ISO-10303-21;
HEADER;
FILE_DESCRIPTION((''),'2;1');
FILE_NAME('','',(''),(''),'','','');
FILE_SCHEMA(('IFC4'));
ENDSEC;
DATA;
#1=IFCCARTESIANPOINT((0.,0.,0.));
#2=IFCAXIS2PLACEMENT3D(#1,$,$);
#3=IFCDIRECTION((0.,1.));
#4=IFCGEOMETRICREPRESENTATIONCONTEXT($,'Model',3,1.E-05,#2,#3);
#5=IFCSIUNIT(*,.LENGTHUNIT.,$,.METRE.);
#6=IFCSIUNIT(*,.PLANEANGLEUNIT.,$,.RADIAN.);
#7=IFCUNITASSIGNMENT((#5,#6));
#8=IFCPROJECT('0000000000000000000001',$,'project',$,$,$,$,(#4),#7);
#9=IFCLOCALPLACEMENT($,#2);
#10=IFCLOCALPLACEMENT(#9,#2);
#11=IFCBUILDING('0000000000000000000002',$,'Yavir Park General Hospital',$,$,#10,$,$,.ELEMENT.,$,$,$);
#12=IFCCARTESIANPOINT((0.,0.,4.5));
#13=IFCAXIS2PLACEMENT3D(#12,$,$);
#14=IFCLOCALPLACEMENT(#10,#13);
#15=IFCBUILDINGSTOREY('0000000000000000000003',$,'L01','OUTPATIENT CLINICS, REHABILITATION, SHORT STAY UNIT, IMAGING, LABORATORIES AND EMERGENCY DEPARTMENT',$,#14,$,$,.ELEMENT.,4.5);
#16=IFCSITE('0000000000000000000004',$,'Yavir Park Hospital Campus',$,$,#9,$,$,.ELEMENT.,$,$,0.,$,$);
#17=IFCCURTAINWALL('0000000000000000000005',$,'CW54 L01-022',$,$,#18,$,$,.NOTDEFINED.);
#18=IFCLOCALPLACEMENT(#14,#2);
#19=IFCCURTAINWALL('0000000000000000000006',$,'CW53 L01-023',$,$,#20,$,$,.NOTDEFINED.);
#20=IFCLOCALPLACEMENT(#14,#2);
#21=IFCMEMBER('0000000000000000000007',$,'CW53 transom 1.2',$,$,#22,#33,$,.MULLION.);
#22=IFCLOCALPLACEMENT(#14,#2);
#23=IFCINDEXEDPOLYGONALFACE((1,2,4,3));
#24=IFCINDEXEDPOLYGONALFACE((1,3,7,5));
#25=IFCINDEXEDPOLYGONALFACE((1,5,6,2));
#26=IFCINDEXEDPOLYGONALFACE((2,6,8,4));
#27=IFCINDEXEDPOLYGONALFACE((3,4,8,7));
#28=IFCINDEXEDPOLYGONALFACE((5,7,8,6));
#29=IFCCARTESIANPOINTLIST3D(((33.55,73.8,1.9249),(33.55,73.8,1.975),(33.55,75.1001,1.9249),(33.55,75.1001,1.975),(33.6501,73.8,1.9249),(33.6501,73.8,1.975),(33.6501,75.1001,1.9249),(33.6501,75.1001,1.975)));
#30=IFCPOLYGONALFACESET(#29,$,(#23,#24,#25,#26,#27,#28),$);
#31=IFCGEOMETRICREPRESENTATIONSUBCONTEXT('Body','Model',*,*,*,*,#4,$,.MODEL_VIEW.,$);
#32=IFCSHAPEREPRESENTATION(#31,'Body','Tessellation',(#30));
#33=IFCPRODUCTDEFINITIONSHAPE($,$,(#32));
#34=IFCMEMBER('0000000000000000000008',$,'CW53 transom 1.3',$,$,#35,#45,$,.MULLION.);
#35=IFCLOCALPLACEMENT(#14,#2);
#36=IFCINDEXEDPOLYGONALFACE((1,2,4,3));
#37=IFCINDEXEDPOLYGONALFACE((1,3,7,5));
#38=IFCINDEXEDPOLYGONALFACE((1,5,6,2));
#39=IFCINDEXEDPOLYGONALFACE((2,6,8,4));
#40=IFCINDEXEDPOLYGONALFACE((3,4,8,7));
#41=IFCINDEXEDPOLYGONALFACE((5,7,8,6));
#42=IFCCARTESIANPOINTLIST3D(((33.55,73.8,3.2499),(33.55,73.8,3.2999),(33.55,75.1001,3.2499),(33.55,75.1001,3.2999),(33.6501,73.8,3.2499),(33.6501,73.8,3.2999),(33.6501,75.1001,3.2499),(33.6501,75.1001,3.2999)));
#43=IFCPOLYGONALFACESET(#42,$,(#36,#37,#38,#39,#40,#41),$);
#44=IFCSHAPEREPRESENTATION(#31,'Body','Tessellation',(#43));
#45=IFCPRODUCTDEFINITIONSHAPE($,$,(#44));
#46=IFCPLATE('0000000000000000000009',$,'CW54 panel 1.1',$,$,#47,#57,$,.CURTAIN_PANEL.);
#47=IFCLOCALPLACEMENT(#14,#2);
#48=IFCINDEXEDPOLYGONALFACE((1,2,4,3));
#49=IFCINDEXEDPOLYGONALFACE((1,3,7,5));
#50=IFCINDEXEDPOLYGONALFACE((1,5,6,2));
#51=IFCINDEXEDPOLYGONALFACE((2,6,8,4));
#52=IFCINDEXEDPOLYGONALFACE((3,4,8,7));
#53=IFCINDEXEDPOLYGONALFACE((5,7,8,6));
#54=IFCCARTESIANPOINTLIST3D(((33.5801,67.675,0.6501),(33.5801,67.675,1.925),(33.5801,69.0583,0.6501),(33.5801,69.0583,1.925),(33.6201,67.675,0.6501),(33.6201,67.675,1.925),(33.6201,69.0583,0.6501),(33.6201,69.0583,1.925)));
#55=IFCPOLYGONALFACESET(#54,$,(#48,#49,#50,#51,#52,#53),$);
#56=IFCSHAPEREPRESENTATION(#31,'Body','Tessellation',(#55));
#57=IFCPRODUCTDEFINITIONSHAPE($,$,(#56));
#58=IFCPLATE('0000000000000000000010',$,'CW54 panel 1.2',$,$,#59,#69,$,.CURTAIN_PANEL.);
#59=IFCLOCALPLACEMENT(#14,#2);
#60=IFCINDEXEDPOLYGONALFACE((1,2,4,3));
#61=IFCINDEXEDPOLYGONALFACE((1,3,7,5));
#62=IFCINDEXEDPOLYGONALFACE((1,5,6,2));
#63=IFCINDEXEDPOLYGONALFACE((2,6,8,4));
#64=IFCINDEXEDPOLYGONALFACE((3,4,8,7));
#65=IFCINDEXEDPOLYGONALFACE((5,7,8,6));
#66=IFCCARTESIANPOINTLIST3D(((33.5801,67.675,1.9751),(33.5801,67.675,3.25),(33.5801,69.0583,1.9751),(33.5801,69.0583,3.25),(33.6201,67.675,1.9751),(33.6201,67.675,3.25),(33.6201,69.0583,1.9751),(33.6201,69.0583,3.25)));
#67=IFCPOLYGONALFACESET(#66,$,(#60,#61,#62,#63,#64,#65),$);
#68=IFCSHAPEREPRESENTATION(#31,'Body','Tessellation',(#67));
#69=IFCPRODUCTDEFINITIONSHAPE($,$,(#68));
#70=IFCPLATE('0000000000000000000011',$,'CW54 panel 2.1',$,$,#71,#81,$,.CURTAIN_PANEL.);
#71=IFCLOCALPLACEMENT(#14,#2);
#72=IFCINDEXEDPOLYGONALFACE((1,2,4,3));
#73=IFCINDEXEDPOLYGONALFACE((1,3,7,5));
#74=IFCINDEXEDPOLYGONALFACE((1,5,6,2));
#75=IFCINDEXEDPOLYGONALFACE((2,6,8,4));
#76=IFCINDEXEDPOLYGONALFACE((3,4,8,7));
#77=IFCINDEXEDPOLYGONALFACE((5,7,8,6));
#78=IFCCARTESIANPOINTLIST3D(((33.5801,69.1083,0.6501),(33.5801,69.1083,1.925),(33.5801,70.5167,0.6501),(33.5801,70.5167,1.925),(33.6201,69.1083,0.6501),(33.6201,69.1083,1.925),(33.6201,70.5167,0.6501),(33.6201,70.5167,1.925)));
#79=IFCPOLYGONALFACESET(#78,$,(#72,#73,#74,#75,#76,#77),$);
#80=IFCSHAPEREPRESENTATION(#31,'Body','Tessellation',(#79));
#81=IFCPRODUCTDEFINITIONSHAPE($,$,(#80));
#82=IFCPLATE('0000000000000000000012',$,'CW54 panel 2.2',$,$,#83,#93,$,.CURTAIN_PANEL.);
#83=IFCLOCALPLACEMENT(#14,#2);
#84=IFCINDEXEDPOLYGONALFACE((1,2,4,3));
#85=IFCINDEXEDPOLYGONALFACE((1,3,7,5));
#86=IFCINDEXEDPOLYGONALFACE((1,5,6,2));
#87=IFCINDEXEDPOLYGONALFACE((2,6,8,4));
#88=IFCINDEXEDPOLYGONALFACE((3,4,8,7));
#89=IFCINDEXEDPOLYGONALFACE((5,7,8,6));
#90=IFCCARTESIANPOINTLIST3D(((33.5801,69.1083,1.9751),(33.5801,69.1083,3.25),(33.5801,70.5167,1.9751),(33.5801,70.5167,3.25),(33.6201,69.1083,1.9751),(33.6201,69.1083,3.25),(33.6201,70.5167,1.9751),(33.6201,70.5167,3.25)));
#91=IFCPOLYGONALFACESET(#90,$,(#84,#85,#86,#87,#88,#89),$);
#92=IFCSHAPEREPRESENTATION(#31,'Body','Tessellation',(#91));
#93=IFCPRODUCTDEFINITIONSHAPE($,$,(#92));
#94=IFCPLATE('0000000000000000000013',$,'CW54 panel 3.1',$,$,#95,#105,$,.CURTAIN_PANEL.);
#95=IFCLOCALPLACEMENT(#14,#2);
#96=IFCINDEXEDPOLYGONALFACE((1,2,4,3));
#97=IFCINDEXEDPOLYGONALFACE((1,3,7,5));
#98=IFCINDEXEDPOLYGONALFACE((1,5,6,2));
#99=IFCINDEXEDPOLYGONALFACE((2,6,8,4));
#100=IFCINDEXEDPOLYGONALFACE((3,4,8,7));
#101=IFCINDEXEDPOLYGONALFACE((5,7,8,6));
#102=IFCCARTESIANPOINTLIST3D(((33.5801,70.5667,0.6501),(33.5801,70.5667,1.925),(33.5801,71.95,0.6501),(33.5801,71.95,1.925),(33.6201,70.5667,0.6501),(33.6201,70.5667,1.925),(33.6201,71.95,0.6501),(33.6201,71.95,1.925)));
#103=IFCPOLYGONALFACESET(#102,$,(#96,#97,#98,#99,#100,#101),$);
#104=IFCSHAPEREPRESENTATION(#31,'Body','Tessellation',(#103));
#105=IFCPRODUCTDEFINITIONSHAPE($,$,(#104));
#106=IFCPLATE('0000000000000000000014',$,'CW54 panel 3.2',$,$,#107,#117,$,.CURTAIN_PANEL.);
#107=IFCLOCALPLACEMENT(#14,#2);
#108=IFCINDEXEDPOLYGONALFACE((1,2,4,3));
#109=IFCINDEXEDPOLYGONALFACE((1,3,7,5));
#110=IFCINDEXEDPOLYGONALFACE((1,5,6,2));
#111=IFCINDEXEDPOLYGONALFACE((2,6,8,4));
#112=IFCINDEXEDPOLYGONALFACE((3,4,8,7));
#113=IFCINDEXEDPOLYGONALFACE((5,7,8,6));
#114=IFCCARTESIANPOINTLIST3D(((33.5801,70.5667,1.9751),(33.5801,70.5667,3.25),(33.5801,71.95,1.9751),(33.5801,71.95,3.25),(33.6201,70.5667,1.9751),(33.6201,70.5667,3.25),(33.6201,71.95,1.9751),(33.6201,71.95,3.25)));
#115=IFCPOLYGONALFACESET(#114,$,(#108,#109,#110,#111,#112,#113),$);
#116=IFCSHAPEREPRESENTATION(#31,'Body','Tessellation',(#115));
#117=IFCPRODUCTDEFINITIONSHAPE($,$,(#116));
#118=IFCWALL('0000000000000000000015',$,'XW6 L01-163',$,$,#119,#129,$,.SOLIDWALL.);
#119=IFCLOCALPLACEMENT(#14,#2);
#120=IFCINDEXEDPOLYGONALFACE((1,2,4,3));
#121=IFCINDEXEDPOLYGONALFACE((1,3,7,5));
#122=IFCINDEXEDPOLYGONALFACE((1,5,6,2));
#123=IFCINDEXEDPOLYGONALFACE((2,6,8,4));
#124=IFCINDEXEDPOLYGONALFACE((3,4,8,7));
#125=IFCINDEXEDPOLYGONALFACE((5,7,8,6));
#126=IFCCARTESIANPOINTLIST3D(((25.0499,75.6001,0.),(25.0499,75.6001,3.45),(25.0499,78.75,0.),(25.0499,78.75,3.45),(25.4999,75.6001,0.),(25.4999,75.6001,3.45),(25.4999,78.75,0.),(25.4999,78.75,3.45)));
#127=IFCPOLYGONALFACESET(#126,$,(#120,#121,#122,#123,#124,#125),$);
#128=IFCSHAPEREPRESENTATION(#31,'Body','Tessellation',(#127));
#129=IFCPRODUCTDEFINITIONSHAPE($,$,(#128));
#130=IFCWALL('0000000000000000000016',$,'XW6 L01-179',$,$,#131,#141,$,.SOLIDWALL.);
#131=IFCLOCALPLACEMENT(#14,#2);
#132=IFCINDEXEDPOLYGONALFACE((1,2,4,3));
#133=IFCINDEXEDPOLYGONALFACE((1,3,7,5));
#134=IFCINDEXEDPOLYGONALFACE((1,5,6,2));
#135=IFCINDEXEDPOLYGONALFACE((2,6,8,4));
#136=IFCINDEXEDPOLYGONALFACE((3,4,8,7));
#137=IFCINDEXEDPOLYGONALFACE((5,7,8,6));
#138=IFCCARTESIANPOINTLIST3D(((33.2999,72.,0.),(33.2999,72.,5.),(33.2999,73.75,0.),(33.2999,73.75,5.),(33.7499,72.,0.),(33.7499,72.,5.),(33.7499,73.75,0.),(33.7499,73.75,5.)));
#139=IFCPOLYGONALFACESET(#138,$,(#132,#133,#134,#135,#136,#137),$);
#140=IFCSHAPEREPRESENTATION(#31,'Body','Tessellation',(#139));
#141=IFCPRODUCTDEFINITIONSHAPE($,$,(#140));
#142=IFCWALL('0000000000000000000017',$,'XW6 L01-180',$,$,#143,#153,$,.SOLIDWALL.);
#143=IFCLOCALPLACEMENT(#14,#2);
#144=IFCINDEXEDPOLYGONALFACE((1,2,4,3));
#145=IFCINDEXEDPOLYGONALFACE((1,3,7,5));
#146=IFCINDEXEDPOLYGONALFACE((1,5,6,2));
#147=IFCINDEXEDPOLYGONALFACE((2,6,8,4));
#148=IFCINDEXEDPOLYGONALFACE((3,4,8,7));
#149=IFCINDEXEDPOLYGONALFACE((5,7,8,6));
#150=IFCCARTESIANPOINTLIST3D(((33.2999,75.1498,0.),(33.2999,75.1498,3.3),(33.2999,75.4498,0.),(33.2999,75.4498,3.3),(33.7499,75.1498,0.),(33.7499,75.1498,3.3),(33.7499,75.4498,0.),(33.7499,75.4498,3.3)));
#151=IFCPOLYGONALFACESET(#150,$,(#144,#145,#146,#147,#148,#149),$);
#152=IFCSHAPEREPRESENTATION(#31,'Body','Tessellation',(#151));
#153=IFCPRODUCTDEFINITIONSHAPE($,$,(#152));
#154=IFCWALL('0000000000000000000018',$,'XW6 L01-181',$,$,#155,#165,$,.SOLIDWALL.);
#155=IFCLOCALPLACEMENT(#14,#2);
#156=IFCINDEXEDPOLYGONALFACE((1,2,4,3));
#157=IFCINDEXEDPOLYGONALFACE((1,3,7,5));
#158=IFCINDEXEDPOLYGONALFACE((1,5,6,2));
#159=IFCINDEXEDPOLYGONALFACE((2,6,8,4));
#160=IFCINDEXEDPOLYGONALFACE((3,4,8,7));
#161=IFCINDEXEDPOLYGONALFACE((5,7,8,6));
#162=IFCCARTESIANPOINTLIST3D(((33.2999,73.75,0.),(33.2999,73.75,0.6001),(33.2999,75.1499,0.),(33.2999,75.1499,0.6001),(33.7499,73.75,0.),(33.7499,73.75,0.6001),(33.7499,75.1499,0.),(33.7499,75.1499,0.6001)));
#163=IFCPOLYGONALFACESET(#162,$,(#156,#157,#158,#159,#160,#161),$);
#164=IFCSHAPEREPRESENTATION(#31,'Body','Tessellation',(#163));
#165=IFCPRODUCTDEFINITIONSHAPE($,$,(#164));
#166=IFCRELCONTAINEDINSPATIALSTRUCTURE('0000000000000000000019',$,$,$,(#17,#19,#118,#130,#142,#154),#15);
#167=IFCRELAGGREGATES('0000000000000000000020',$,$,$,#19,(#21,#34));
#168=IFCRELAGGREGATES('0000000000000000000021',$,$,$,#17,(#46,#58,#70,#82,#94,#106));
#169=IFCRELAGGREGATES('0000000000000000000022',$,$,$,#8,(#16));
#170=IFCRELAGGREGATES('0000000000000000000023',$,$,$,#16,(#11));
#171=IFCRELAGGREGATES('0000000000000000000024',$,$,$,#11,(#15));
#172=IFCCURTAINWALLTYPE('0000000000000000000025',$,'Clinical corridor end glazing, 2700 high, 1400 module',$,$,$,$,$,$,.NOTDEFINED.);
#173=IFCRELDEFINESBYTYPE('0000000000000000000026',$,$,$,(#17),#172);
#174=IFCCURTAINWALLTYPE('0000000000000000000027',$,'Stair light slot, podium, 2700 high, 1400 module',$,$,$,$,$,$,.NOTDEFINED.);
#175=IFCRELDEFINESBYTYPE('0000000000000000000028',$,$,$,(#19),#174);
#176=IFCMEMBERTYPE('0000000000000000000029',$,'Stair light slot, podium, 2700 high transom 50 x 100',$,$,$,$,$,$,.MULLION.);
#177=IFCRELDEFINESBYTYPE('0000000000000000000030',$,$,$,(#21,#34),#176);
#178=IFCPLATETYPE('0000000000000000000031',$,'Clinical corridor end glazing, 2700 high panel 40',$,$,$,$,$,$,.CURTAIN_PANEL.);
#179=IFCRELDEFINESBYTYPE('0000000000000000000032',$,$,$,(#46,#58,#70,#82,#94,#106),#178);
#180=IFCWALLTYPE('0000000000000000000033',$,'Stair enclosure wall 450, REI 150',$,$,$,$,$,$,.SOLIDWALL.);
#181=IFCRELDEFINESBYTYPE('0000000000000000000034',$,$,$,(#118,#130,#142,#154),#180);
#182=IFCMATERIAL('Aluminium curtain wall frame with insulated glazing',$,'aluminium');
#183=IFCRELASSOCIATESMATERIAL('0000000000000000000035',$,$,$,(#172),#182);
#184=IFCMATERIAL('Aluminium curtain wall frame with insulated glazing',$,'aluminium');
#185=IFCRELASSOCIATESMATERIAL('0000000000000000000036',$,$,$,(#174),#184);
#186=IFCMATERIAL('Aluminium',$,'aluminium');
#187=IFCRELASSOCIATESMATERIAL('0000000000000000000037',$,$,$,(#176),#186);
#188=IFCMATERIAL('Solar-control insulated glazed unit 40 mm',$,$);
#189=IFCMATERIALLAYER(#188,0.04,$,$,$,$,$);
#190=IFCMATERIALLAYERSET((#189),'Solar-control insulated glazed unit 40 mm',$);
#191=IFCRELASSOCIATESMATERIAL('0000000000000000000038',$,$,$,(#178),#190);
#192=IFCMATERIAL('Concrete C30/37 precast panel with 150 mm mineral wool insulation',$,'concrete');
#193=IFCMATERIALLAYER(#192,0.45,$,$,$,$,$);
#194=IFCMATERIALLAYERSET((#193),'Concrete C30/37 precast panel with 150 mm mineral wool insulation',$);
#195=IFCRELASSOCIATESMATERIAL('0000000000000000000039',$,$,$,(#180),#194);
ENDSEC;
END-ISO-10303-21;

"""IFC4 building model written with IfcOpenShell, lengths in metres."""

from ifc_helpers import new_model, si_unit, direction, frame, frame_2d, origin, origin_2d, place, context, subcontext, project, spatial, rectangle, extrude, material, layer, layer_set, material_profile, profile_set, type_object, element, aggregate, save


model = new_model("IFC4")

# Units and contexts
model_context = context("Model", 3, precision=1e-05, world=origin(), true_north=direction((0.0, 1.0)))
body_context = subcontext(model_context, "Body", "Model", "MODEL_VIEW")
ifc_project = project(units=[si_unit("LENGTHUNIT", "METRE"), si_unit("PLANEANGLEUNIT", "RADIAN")], contexts=[model_context])

# Site, building, storey
site_placement = place(None, origin())
site = spatial("IfcSite", under=ifc_project, at=site_placement, Name="Yavir Park Hospital Campus", CompositionType="ELEMENT", RefElevation=0.0)
building_placement = place(site_placement, origin())
building = spatial("IfcBuilding", under=site, at=building_placement, Name="Yavir Park General Hospital", CompositionType="ELEMENT")
storey_placement = place(building_placement, frame((0.0, 0.0, 4.5)))
storey = spatial("IfcBuildingStorey", under=building, at=storey_placement, Name="L01", Description="OUTPATIENT CLINICS, REHABILITATION, SHORT STAY UNIT, IMAGING, LABORATORIES AND EMERGENCY DEPARTMENT", CompositionType="ELEMENT", Elevation=4.5)

# Curtain walls, members
ifc_material_1 = material(Name="Aluminium curtain wall frame with insulated glazing", Category="aluminium")
curtain_wall_type_1 = type_object("IfcCurtainWallType", Name="Clinical corridor end glazing, 2700 high, 1400 module", PredefinedType="NOTDEFINED", material=ifc_material_1)
curtain_wall_1_placement = place(storey_placement, origin())
curtain_wall_1 = element("IfcCurtainWall", 1, at=curtain_wall_1_placement, inside=storey, type_object=curtain_wall_type_1, Name="CW54 L01-022", PredefinedType="NOTDEFINED")
ifc_material_2 = material(Name="Aluminium curtain wall frame with insulated glazing", Category="aluminium")
curtain_wall_type_2 = type_object("IfcCurtainWallType", Name="Stair light slot, podium, 2700 high, 1400 module", PredefinedType="NOTDEFINED", material=ifc_material_2)
curtain_wall_2_placement = place(storey_placement, origin())
curtain_wall_2 = element("IfcCurtainWall", 2, at=curtain_wall_2_placement, inside=storey, type_object=curtain_wall_type_2, Name="CW53 L01-023", PredefinedType="NOTDEFINED")
ifc_material_3 = material(Name="Aluminium", Category="aluminium")
ifc_material_profile_1 = material_profile(ifc_material_3, rectangle(XDim=0.1001, YDim=0.05, at=origin_2d()), Name="AL 100x50")
ifc_profile_set_1 = profile_set([ifc_material_profile_1], Name="Aluminium")
member_type_1 = type_object("IfcMemberType", Name="Stair light slot, podium, 2700 high transom 50 x 100", PredefinedType="MULLION", material=ifc_profile_set_1)
member_1_placement = place(storey_placement, frame((33.6001, 73.8, 1.95), z_axis=(0.0, 1.0, 0.0), x_axis=(-1.0, 0.0, 0.0)))
member_1 = element("IfcMember", 3, at=member_1_placement, type_object=member_type_1, Name="CW53 transom 1.2", PredefinedType="MULLION", context=body_context, shape_type="SweptSolid", body=[
    extrude(rectangle(XDim=0.1001, YDim=0.05, at=origin_2d()), origin(), (0.0, 0.0, 1.0), 1.3),
])
member_2_placement = place(storey_placement, frame((33.6001, 73.8, 3.2749), z_axis=(0.0, 1.0, 0.0), x_axis=(-1.0, 0.0, 0.0)))
member_2 = element("IfcMember", 4, at=member_2_placement, type_object=member_type_1, Name="CW53 transom 1.3", PredefinedType="MULLION", context=body_context, shape_type="SweptSolid", body=[
    extrude(rectangle(XDim=0.1001, YDim=0.05, at=origin_2d()), origin(), (0.0, 0.0, 1.0), 1.3),
])
aggregate(curtain_wall_2, [member_1, member_2])

# Plates
ifc_material_4 = material(Name="Solar-control insulated glazed unit 40 mm")
ifc_layer_1 = layer(ifc_material_4, 0.04)
ifc_layer_set_1 = layer_set([ifc_layer_1], Name="Solar-control insulated glazed unit 40 mm")
plate_type = type_object("IfcPlateType", Name="Clinical corridor end glazing, 2700 high panel 40", PredefinedType="CURTAIN_PANEL", material=ifc_layer_set_1)
plate_1_placement = place(storey_placement, frame((33.6001, 68.3667, 0.6501), z_axis=(0.0, 0.0, 1.0), x_axis=(0.0, 1.0, 0.0)))
plate_1 = element("IfcPlate", 5, at=plate_1_placement, type_object=plate_type, Name="CW54 panel 1.1", PredefinedType="CURTAIN_PANEL", context=body_context, shape_type="SweptSolid", body=[
    extrude(rectangle(XDim=1.3833, YDim=0.04, at=origin_2d()), origin(), (0.0, 0.0, 1.0), 1.2749),
])
plate_2_placement = place(storey_placement, frame((33.6001, 68.3667, 1.9751), z_axis=(0.0, 0.0, 1.0), x_axis=(0.0, 1.0, 0.0)))
plate_2 = element("IfcPlate", 6, at=plate_2_placement, type_object=plate_type, Name="CW54 panel 1.2", PredefinedType="CURTAIN_PANEL", context=body_context, shape_type="SweptSolid", body=[
    extrude(rectangle(XDim=1.3833, YDim=0.04, at=origin_2d()), origin(), (0.0, 0.0, 1.0), 1.2749),
])
plate_3_placement = place(storey_placement, frame((33.6001, 69.8125, 0.6501), z_axis=(0.0, 0.0, 1.0), x_axis=(0.0, 1.0, 0.0)))
plate_3 = element("IfcPlate", 7, at=plate_3_placement, type_object=plate_type, Name="CW54 panel 2.1", PredefinedType="CURTAIN_PANEL", context=body_context, shape_type="SweptSolid", body=[
    extrude(rectangle(XDim=1.4084, YDim=0.04, at=origin_2d()), origin(), (0.0, 0.0, 1.0), 1.2749),
])
plate_4_placement = place(storey_placement, frame((33.6001, 69.8125, 1.9751), z_axis=(0.0, 0.0, 1.0), x_axis=(0.0, 1.0, 0.0)))
plate_4 = element("IfcPlate", 8, at=plate_4_placement, type_object=plate_type, Name="CW54 panel 2.2", PredefinedType="CURTAIN_PANEL", context=body_context, shape_type="SweptSolid", body=[
    extrude(rectangle(XDim=1.4084, YDim=0.04, at=origin_2d()), origin(), (0.0, 0.0, 1.0), 1.2749),
])
plate_5_placement = place(storey_placement, frame((33.6001, 71.2583, 0.6501), z_axis=(0.0, 0.0, 1.0), x_axis=(0.0, 1.0, 0.0)))
plate_5 = element("IfcPlate", 9, at=plate_5_placement, type_object=plate_type, Name="CW54 panel 3.1", PredefinedType="CURTAIN_PANEL", context=body_context, shape_type="SweptSolid", body=[
    extrude(rectangle(XDim=1.3833, YDim=0.04, at=origin_2d()), origin(), (0.0, 0.0, 1.0), 1.2749),
])
plate_6_placement = place(storey_placement, frame((33.6001, 71.2583, 1.9751), z_axis=(0.0, 0.0, 1.0), x_axis=(0.0, 1.0, 0.0)))
plate_6 = element("IfcPlate", 10, at=plate_6_placement, type_object=plate_type, Name="CW54 panel 3.2", PredefinedType="CURTAIN_PANEL", context=body_context, shape_type="SweptSolid", body=[
    extrude(rectangle(XDim=1.3833, YDim=0.04, at=origin_2d()), origin(), (0.0, 0.0, 1.0), 1.2749),
])
aggregate(curtain_wall_1, [plate_1, plate_2, plate_3, plate_4, plate_5, plate_6])

# Walls
ifc_material_5 = material(Name="Concrete C30/37 precast panel with 150 mm mineral wool insulation", Category="concrete")
ifc_layer_2 = layer(ifc_material_5, 0.45)
ifc_layer_set_2 = layer_set([ifc_layer_2], Name="Concrete C30/37 precast panel with 150 mm mineral wool insulation")
wall_type = type_object("IfcWallType", Name="Stair enclosure wall 450, REI 150", PredefinedType="SOLIDWALL", material=ifc_layer_set_2)
wall_1_placement = place(storey_placement, frame((25.2749, 75.6001, 0.0), z_axis=(0.0, 0.0, 1.0), x_axis=(0.0, 1.0, 0.0)))
element("IfcWall", 11, at=wall_1_placement, inside=storey, type_object=wall_type, Name="XW6 L01-163", PredefinedType="SOLIDWALL", context=body_context, shape_type="SweptSolid", body=[
    extrude(rectangle(XDim=3.1499, YDim=0.45, at=frame_2d((1.575, 0.0))), origin(), (0.0, 0.0, 1.0), 3.45),
])
wall_2_placement = place(storey_placement, frame((33.5249, 72.0, 0.0), z_axis=(0.0, 0.0, 1.0), x_axis=(0.0, 1.0, 0.0)))
element("IfcWall", 12, at=wall_2_placement, inside=storey, type_object=wall_type, Name="XW6 L01-179", PredefinedType="SOLIDWALL", context=body_context, shape_type="SweptSolid", body=[
    extrude(rectangle(XDim=1.75, YDim=0.45, at=frame_2d((0.875, 0.0))), origin(), (0.0, 0.0, 1.0), 5.0),
])
wall_3_placement = place(storey_placement, frame((33.5249, 75.1499, 0.0), z_axis=(0.0, 0.0, 1.0), x_axis=(0.0, 1.0, 0.0)))
element("IfcWall", 13, at=wall_3_placement, inside=storey, type_object=wall_type, Name="XW6 L01-180", PredefinedType="SOLIDWALL", context=body_context, shape_type="SweptSolid", body=[
    extrude(rectangle(XDim=0.3, YDim=0.45, at=frame_2d((0.1499, 0.0))), origin(), (0.0, 0.0, 1.0), 3.3),
])
wall_4_placement = place(storey_placement, frame((33.5249, 73.75, 0.0), z_axis=(0.0, 0.0, 1.0), x_axis=(0.0, 1.0, 0.0)))
element("IfcWall", 14, at=wall_4_placement, inside=storey, type_object=wall_type, Name="XW6 L01-181", PredefinedType="SOLIDWALL", context=body_context, shape_type="SweptSolid", body=[
    extrude(rectangle(XDim=1.3999, YDim=0.45, at=frame_2d((0.7, 0.0))), origin(), (0.0, 0.0, 1.0), 0.6001),
])

save(model, "model.ifc")
